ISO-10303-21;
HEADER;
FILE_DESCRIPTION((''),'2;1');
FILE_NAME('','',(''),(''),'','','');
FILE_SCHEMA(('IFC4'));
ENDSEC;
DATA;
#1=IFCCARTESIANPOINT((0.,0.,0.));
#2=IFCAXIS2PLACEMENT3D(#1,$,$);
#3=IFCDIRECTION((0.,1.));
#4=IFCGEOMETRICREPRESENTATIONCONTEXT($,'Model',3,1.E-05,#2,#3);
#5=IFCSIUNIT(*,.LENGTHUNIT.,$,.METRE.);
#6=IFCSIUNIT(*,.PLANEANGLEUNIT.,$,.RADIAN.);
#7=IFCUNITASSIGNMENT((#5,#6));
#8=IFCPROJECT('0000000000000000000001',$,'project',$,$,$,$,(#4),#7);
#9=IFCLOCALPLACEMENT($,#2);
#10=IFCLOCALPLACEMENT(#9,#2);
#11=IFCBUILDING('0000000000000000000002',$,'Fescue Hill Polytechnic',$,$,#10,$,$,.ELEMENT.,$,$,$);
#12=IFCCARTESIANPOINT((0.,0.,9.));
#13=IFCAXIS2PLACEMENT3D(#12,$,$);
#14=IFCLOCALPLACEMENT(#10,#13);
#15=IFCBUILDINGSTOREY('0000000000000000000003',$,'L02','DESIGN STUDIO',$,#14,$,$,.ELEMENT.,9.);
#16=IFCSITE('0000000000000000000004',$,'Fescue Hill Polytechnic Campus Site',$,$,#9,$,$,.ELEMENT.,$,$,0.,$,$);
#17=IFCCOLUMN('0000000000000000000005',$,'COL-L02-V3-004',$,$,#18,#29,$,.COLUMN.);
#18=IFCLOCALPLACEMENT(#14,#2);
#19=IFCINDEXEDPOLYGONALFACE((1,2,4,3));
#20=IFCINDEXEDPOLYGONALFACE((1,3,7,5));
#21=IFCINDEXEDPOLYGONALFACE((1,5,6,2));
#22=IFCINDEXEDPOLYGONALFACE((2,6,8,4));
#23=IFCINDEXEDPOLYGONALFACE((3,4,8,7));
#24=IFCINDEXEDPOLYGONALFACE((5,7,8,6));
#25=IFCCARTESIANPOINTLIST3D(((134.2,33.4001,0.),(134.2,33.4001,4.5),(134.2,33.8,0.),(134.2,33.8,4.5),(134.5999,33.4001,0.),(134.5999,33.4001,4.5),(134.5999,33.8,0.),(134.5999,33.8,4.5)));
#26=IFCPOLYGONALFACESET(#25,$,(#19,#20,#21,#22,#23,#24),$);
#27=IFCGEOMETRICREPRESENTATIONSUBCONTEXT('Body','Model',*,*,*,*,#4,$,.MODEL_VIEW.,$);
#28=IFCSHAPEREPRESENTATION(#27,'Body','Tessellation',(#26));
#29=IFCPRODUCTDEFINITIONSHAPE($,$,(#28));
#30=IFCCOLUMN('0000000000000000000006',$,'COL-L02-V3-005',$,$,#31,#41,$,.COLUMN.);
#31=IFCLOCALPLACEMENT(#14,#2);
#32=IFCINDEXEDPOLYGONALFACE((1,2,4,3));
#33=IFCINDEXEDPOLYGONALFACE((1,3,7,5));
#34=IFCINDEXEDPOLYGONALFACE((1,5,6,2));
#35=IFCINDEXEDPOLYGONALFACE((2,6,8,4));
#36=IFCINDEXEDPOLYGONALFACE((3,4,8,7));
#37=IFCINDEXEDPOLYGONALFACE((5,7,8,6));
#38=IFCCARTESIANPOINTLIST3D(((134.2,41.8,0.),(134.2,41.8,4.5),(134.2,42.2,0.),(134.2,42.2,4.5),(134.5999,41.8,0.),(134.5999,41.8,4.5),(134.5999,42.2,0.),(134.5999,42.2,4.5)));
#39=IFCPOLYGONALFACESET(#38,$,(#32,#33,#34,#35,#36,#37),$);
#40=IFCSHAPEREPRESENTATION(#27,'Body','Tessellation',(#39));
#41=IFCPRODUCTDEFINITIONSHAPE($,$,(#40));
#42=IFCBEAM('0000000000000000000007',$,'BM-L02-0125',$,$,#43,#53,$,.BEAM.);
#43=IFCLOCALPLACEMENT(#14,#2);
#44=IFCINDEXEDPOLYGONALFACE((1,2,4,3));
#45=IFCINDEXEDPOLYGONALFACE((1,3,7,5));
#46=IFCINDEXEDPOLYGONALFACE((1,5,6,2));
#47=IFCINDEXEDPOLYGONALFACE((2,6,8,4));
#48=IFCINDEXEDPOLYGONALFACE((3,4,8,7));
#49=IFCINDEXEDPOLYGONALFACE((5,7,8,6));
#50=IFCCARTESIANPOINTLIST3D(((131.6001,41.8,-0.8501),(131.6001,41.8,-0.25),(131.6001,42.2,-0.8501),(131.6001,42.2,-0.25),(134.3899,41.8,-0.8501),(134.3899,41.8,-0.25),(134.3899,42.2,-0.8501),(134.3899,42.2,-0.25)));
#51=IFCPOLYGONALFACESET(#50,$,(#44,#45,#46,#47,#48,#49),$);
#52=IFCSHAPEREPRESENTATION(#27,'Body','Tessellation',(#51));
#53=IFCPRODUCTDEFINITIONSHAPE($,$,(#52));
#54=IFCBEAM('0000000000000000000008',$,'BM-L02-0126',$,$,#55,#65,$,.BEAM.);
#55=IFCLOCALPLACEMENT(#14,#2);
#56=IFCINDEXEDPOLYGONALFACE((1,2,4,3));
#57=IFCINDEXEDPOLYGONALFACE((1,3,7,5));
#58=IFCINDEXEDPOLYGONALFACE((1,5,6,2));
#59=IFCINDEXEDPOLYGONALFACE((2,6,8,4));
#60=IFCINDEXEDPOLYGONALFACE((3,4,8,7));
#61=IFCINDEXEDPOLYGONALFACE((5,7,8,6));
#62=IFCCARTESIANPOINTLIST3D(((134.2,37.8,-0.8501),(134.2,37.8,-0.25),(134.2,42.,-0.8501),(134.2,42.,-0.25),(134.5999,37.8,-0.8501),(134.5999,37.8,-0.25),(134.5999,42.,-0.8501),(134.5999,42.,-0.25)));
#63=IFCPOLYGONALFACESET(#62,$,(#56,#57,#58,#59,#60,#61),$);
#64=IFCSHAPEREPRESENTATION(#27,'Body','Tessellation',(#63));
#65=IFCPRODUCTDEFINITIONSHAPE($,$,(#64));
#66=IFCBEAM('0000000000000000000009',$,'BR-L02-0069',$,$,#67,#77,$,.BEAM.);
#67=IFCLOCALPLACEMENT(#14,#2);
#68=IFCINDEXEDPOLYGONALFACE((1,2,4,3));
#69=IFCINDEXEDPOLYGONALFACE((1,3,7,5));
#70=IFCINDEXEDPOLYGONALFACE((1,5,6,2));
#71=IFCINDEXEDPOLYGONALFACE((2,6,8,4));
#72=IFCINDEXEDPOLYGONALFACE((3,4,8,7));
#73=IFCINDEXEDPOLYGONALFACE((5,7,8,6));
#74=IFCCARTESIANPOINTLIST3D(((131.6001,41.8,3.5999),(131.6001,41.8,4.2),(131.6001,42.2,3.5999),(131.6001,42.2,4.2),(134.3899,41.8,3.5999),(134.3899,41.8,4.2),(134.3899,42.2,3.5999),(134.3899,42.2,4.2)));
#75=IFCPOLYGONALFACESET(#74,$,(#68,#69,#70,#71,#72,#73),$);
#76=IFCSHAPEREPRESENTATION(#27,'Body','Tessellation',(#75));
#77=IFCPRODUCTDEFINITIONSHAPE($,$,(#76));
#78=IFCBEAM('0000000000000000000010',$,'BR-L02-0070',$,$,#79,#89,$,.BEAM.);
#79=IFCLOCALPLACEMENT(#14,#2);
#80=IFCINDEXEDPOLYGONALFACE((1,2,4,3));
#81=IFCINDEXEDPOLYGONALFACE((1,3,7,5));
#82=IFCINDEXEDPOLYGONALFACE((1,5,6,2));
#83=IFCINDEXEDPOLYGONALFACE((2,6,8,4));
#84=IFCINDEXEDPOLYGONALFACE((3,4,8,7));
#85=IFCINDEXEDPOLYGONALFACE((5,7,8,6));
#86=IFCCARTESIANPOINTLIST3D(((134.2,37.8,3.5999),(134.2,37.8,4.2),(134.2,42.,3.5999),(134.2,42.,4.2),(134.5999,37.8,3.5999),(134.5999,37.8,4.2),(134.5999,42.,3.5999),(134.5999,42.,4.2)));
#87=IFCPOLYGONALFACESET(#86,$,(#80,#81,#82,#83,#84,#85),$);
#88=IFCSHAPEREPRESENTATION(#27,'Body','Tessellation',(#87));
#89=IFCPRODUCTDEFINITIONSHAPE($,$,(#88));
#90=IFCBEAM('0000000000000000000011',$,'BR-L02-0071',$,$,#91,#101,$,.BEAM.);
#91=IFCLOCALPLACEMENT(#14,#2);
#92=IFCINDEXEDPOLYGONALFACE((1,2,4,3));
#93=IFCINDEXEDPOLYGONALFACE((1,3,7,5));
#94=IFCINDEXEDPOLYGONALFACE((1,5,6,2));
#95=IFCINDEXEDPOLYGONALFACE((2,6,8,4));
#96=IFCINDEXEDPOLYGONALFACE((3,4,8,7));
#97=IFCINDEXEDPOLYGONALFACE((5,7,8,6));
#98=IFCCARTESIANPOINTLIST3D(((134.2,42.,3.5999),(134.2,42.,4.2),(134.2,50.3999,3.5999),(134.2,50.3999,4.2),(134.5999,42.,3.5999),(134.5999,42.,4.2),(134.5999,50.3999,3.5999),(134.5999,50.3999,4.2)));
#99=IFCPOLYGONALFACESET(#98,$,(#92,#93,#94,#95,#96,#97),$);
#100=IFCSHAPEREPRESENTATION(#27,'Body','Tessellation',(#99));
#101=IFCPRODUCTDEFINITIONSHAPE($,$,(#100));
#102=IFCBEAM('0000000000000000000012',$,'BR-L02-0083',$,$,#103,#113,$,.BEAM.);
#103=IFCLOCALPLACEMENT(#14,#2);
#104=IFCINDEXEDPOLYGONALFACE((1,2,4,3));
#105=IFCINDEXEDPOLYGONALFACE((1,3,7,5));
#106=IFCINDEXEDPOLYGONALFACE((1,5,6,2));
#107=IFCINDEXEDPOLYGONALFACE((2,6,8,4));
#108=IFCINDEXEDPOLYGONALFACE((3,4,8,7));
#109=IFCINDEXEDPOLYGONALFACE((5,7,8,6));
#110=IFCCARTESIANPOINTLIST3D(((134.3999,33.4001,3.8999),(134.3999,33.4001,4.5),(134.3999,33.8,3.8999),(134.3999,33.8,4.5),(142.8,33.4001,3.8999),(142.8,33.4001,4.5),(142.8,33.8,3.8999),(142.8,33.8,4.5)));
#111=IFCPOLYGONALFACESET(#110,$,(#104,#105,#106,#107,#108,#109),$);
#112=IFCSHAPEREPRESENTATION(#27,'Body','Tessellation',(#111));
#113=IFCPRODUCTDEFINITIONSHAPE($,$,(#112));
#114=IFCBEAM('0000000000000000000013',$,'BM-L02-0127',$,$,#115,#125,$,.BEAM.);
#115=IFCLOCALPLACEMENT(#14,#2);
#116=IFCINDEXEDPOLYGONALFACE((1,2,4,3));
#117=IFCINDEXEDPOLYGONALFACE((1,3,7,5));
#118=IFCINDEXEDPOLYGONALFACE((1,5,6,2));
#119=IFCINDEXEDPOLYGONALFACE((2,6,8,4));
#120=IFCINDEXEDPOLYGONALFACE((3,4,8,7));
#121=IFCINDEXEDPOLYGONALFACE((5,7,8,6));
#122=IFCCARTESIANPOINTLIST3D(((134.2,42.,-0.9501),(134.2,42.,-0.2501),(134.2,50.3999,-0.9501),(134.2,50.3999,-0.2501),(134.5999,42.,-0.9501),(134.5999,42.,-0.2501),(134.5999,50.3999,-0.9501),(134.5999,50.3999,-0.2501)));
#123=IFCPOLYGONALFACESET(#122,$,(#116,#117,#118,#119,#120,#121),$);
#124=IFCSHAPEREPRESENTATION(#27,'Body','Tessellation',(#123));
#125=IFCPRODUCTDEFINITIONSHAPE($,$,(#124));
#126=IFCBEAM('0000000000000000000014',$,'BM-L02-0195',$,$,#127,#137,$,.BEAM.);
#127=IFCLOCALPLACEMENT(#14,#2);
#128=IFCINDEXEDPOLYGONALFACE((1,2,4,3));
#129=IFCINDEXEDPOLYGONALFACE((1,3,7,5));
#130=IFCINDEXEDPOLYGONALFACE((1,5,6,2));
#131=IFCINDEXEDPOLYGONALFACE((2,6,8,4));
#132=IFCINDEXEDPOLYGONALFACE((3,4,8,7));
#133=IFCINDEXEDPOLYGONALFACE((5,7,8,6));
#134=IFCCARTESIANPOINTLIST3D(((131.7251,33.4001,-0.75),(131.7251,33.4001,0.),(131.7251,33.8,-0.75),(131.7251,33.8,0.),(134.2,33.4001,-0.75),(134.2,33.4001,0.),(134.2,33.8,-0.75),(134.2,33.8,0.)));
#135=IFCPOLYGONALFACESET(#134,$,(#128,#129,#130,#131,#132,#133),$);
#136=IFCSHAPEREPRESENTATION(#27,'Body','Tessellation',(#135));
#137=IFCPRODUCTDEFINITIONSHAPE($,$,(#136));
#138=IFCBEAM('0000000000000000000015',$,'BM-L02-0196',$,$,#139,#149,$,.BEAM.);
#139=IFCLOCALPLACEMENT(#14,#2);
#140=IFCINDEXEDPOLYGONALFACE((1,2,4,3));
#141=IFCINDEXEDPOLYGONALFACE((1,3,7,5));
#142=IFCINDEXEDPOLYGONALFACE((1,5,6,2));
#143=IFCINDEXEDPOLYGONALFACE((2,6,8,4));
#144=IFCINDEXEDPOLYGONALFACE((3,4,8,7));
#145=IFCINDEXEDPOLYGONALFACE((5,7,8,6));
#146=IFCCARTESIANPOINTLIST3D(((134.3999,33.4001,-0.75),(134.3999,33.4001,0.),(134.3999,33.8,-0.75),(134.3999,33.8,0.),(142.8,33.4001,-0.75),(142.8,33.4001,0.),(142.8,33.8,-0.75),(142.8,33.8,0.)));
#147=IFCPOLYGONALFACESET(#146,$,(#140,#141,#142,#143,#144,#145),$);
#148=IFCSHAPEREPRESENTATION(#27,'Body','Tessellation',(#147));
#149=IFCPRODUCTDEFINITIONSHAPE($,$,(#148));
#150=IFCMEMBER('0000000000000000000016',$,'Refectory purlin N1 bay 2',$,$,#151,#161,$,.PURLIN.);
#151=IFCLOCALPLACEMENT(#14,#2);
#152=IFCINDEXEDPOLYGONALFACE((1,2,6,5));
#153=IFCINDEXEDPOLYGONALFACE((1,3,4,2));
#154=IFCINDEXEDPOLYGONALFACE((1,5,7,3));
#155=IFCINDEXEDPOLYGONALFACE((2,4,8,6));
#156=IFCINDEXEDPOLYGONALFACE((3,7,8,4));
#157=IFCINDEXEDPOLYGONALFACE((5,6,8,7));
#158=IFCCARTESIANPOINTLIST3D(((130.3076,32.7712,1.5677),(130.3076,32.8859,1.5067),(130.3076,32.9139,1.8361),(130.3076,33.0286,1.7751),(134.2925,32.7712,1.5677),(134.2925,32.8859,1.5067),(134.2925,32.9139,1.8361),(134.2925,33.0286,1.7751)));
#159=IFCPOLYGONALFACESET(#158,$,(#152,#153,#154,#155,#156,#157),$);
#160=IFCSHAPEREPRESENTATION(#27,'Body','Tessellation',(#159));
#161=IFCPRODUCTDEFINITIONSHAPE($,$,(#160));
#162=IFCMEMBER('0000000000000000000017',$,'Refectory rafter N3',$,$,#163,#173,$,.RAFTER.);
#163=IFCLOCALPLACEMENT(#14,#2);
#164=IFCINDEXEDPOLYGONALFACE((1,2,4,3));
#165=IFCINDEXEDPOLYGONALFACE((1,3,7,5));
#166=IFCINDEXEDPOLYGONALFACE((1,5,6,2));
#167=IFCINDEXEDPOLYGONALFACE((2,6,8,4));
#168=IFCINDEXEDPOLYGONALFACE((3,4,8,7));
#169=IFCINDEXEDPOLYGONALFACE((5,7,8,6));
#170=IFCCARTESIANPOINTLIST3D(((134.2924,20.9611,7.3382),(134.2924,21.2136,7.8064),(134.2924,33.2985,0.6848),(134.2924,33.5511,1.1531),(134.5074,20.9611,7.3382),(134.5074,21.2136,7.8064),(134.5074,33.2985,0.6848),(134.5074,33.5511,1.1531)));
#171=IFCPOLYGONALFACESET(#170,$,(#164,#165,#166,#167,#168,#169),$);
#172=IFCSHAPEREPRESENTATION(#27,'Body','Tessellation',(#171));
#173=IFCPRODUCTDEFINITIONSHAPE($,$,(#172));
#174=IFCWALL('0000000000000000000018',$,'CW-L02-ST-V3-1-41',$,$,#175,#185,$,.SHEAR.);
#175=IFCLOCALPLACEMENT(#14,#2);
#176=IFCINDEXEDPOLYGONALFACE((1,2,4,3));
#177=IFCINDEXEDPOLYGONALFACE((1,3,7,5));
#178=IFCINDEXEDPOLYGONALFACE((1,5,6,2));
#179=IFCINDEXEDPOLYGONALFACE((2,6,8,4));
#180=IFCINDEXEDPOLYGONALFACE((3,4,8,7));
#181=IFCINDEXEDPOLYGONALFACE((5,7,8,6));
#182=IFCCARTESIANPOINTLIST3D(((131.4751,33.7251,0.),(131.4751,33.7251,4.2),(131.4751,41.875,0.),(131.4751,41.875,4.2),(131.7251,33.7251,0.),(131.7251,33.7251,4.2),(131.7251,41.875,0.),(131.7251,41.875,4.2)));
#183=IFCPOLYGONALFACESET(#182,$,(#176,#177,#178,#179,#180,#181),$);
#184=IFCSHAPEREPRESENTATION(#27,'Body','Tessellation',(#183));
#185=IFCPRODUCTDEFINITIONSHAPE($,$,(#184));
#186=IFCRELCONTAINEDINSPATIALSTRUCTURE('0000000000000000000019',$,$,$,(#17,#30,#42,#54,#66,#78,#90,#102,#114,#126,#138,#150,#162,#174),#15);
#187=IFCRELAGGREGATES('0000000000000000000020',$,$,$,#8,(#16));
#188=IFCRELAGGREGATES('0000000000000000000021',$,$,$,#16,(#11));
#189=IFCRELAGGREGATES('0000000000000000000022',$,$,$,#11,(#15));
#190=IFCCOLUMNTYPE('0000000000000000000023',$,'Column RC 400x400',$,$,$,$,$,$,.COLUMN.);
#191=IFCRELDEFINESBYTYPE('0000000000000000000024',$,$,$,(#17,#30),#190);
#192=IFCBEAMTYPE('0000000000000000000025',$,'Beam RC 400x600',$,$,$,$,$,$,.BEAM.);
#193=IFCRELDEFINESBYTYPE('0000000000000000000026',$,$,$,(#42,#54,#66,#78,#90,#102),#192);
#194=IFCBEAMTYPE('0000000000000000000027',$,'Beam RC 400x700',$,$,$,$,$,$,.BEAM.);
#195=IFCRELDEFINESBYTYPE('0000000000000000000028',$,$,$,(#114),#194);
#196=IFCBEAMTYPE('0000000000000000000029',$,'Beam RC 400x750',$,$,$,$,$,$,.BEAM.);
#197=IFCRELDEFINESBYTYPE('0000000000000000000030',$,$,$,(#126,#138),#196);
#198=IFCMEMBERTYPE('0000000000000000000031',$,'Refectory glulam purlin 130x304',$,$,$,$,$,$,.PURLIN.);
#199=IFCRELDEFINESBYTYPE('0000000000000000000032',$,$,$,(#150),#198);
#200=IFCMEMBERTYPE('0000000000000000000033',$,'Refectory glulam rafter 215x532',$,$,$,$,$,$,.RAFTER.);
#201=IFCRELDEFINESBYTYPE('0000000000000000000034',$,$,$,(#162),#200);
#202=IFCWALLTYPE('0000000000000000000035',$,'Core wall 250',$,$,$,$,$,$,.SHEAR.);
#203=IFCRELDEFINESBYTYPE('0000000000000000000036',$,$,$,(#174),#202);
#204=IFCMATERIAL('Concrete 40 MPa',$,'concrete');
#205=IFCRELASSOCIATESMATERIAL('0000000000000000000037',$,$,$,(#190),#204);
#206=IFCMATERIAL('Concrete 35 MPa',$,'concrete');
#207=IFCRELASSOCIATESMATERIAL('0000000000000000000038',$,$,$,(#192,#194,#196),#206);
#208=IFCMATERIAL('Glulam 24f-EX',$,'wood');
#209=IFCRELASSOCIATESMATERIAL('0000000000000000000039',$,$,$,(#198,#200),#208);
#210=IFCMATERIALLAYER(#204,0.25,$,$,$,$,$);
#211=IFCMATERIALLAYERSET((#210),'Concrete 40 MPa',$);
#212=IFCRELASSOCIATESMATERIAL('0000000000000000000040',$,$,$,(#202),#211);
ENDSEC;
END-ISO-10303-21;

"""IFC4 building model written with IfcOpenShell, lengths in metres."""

from ifc_helpers import new_model, si_unit, direction, frame, frame_2d, origin, origin_2d, place, context, subcontext, project, spatial, rectangle, extrude, material, layer, layer_set, material_profile, profile_set, type_object, element, save


model = new_model("IFC4")

# Units and contexts
model_context = context("Model", 3, precision=1e-05, world=origin(), true_north=direction((0.0, 1.0)))
body_context = subcontext(model_context, "Body", "Model", "MODEL_VIEW")
ifc_project = project(units=[si_unit("LENGTHUNIT", "METRE"), si_unit("PLANEANGLEUNIT", "RADIAN")], contexts=[model_context])

# Site, building, storey
site_placement = place(None, origin())
site = spatial("IfcSite", under=ifc_project, at=site_placement, Name="Fescue Hill Polytechnic Campus Site", CompositionType="ELEMENT", RefElevation=0.0)
building_placement = place(site_placement, origin())
building = spatial("IfcBuilding", under=site, at=building_placement, Name="Fescue Hill Polytechnic", CompositionType="ELEMENT")
storey_placement = place(building_placement, frame((0.0, 0.0, 9.0)))
storey = spatial("IfcBuildingStorey", under=building, at=storey_placement, Name="L02", Description="DESIGN STUDIO", CompositionType="ELEMENT", Elevation=9.0)

# Columns
ifc_material_1 = material(Name="Concrete 40 MPa", Category="concrete")
ifc_material_profile_1 = material_profile(ifc_material_1, rectangle(XDim=0.3999, YDim=0.3999, at=origin_2d()), Name="RC 400x400")
ifc_profile_set_1 = profile_set([ifc_material_profile_1], Name="Concrete 40 MPa")
column_type = type_object("IfcColumnType", Name="Column RC 400x400", PredefinedType="COLUMN", material=ifc_profile_set_1)
for number, where, z_axis, x_axis, name in (
    (1, (134.3999, 33.6001, 0.0), (0.0, 0.0, 1.0), (1.0, 0.0, 0.0), "COL-L02-V3-004"),
    (2, (134.3999, 42.0, 0.0), (0.0, 0.0, 1.0), (1.0, 0.0, 0.0), "COL-L02-V3-005"),
):
    element("IfcColumn", number, at=place(storey_placement, frame(where, z_axis=z_axis, x_axis=x_axis)), inside=storey, type_object=column_type, Name=name, PredefinedType="COLUMN", context=body_context, shape_type="SweptSolid", body=[
        extrude(rectangle(XDim=0.3999, YDim=0.3999, at=origin_2d()), origin(), (0.0, 0.0, 1.0), 4.5),
    ])

# Beams
ifc_material_2 = material(Name="Concrete 35 MPa", Category="concrete")
ifc_material_profile_2 = material_profile(ifc_material_2, rectangle(XDim=0.3999, YDim=0.6001, at=origin_2d()), Name="RC 400x600")
ifc_profile_set_2 = profile_set([ifc_material_profile_2], Name="Concrete 35 MPa")
beam_type_1 = type_object("IfcBeamType", Name="Beam RC 400x600", PredefinedType="BEAM", material=ifc_profile_set_2)
beam_1_placement = place(storey_placement, frame((131.6001, 42.0, -0.55), z_axis=(1.0, 0.0, 0.0), x_axis=(0.0, 1.0, 0.0)))
element("IfcBeam", 3, at=beam_1_placement, inside=storey, type_object=beam_type_1, Name="BM-L02-0125", PredefinedType="BEAM", context=body_context, shape_type="SweptSolid", body=[
    extrude(rectangle(XDim=0.3999, YDim=0.6001, at=origin_2d()), origin(), (0.0, 0.0, 1.0), 2.7898),
])
beam_2_placement = place(storey_placement, frame((134.3999, 37.8, -0.55), z_axis=(0.0, 1.0, 0.0), x_axis=(-1.0, 0.0, 0.0)))
element("IfcBeam", 4, at=beam_2_placement, inside=storey, type_object=beam_type_1, Name="BM-L02-0126", PredefinedType="BEAM", context=body_context, shape_type="SweptSolid", body=[
    extrude(rectangle(XDim=0.3999, YDim=0.6001, at=origin_2d()), origin(), (0.0, 0.0, 1.0), 4.2),
])
beam_3_placement = place(storey_placement, frame((131.6001, 42.0, 3.8999), z_axis=(1.0, 0.0, 0.0), x_axis=(0.0, 1.0, 0.0)))
element("IfcBeam", 5, at=beam_3_placement, inside=storey, type_object=beam_type_1, Name="BR-L02-0069", PredefinedType="BEAM", context=body_context, shape_type="SweptSolid", body=[
    extrude(rectangle(XDim=0.3999, YDim=0.6001, at=origin_2d()), origin(), (0.0, 0.0, 1.0), 2.7898),
])
beam_4_placement = place(storey_placement, frame((134.3999, 37.8, 3.8999), z_axis=(0.0, 1.0, 0.0), x_axis=(-1.0, 0.0, 0.0)))
element("IfcBeam", 6, at=beam_4_placement, inside=storey, type_object=beam_type_1, Name="BR-L02-0070", PredefinedType="BEAM", context=body_context, shape_type="SweptSolid", body=[
    extrude(rectangle(XDim=0.3999, YDim=0.6001, at=origin_2d()), origin(), (0.0, 0.0, 1.0), 4.2),
])
beam_5_placement = place(storey_placement, frame((134.3999, 42.0, 3.8999), z_axis=(0.0, 1.0, 0.0), x_axis=(-1.0, 0.0, 0.0)))
element("IfcBeam", 7, at=beam_5_placement, inside=storey, type_object=beam_type_1, Name="BR-L02-0071", PredefinedType="BEAM", context=body_context, shape_type="SweptSolid", body=[
    extrude(rectangle(XDim=0.3999, YDim=0.6001, at=origin_2d()), origin(), (0.0, 0.0, 1.0), 8.3999),
])
beam_6_placement = place(storey_placement, frame((134.3999, 33.6001, 4.2), z_axis=(1.0, 0.0, 0.0), x_axis=(0.0, 1.0, 0.0)))
element("IfcBeam", 8, at=beam_6_placement, inside=storey, type_object=beam_type_1, Name="BR-L02-0083", PredefinedType="BEAM", context=body_context, shape_type="SweptSolid", body=[
    extrude(rectangle(XDim=0.3999, YDim=0.6001, at=origin_2d()), origin(), (0.0, 0.0, 1.0), 8.4001),
])
ifc_material_profile_3 = material_profile(ifc_material_2, rectangle(XDim=0.3999, YDim=0.7, at=origin_2d()), Name="RC 400x700")
ifc_profile_set_3 = profile_set([ifc_material_profile_3], Name="Concrete 35 MPa")
beam_type_2 = type_object("IfcBeamType", Name="Beam RC 400x700", PredefinedType="BEAM", material=ifc_profile_set_3)
beam_7_placement = place(storey_placement, frame((134.3999, 42.0, -0.6001), z_axis=(0.0, 1.0, 0.0), x_axis=(-1.0, 0.0, 0.0)))
element("IfcBeam", 9, at=beam_7_placement, inside=storey, type_object=beam_type_2, Name="BM-L02-0127", PredefinedType="BEAM", context=body_context, shape_type="SweptSolid", body=[
    extrude(rectangle(XDim=0.3999, YDim=0.7, at=origin_2d()), origin(), (0.0, 0.0, 1.0), 8.3999),
])
ifc_material_profile_4 = material_profile(ifc_material_2, rectangle(XDim=0.3999, YDim=0.75, at=origin_2d()), Name="RC 400x750")
ifc_profile_set_4 = profile_set([ifc_material_profile_4], Name="Concrete 35 MPa")
beam_type_3 = type_object("IfcBeamType", Name="Beam RC 400x750", PredefinedType="BEAM", material=ifc_profile_set_4)
beam_8_placement = place(storey_placement, frame((131.7251, 33.6001, -0.375), z_axis=(1.0, 0.0, 0.0), x_axis=(0.0, 1.0, 0.0)))
element("IfcBeam", 10, at=beam_8_placement, inside=storey, type_object=beam_type_3, Name="BM-L02-0195", PredefinedType="BEAM", context=body_context, shape_type="SweptSolid", body=[
    extrude(rectangle(XDim=0.3999, YDim=0.75, at=origin_2d()), origin(), (0.0, 0.0, 1.0), 2.4749),
])
beam_9_placement = place(storey_placement, frame((134.3999, 33.6001, -0.375), z_axis=(1.0, 0.0, 0.0), x_axis=(0.0, 1.0, 0.0)))
element("IfcBeam", 11, at=beam_9_placement, inside=storey, type_object=beam_type_3, Name="BM-L02-0196", PredefinedType="BEAM", context=body_context, shape_type="SweptSolid", body=[
    extrude(rectangle(XDim=0.3999, YDim=0.75, at=origin_2d()), origin(), (0.0, 0.0, 1.0), 8.4001),
])

# Members
ifc_material_3 = material(Name="Glulam 24f-EX", Category="wood")
ifc_material_profile_5 = material_profile(ifc_material_3, rectangle(XDim=0.1299, YDim=0.304, at=origin_2d()), Name="Refectory glulam purlin 130x304")
ifc_profile_set_5 = profile_set([ifc_material_profile_5], Name="Glulam 24f-EX")
member_type_1 = type_object("IfcMemberType", Name="Refectory glulam purlin 130x304", PredefinedType="PURLIN", material=ifc_profile_set_5)
member_1_placement = place(storey_placement, frame((130.3076, 32.8999, 1.6714), z_axis=(1.0, 0.0, 0.0), x_axis=(0.0, 0.882934, -0.469497)))
element("IfcMember", 12, at=member_1_placement, inside=storey, type_object=member_type_1, Name="Refectory purlin N1 bay 2", PredefinedType="PURLIN", context=body_context, shape_type="SweptSolid", body=[
    extrude(rectangle(XDim=0.1299, YDim=0.304, at=origin_2d()), origin(), (0.0, 0.0, 1.0), 3.9849),
])
ifc_material_profile_6 = material_profile(ifc_material_3, rectangle(XDim=0.2151, YDim=0.532, at=origin_2d()), Name="Refectory glulam rafter 215x532")
ifc_profile_set_6 = profile_set([ifc_material_profile_6], Name="Glulam 24f-EX")
member_type_2 = type_object("IfcMemberType", Name="Refectory glulam rafter 215x532", PredefinedType="RAFTER", material=ifc_profile_set_6)
member_2_placement = place(storey_placement, frame((134.3999, 33.4248, 0.9189), z_axis=(0.0, -0.88017, 0.474659), x_axis=(1.0, 0.0, 0.0)))
element("IfcMember", 13, at=member_2_placement, inside=storey, type_object=member_type_2, Name="Refectory rafter N3", PredefinedType="RAFTER", context=body_context, shape_type="SweptSolid", body=[
    extrude(rectangle(XDim=0.2151, YDim=0.532, at=origin_2d()), origin(), (0.0, 0.0, 1.0), 14.0171),
])

# Wall
ifc_layer_1 = layer(ifc_material_1, 0.25)
ifc_layer_set_1 = layer_set([ifc_layer_1], Name="Concrete 40 MPa")
wall_type_1 = type_object("IfcWallType", Name="Core wall 250", PredefinedType="SHEAR", material=ifc_layer_set_1)
wall_1_placement = place(storey_placement, frame((131.6001, 33.7251, 0.0), z_axis=(0.0, 0.0, 1.0), x_axis=(0.0, 1.0, 0.0)))
element("IfcWall", 14, at=wall_1_placement, inside=storey, type_object=wall_type_1, Name="CW-L02-ST-V3-1-41", PredefinedType="SHEAR", context=body_context, shape_type="SweptSolid", body=[
    extrude(rectangle(XDim=8.1499, YDim=0.25, at=frame_2d((4.075, 0.0))), origin(), (0.0, 0.0, 1.0), 4.2),
])

save(model, "model.ifc")
